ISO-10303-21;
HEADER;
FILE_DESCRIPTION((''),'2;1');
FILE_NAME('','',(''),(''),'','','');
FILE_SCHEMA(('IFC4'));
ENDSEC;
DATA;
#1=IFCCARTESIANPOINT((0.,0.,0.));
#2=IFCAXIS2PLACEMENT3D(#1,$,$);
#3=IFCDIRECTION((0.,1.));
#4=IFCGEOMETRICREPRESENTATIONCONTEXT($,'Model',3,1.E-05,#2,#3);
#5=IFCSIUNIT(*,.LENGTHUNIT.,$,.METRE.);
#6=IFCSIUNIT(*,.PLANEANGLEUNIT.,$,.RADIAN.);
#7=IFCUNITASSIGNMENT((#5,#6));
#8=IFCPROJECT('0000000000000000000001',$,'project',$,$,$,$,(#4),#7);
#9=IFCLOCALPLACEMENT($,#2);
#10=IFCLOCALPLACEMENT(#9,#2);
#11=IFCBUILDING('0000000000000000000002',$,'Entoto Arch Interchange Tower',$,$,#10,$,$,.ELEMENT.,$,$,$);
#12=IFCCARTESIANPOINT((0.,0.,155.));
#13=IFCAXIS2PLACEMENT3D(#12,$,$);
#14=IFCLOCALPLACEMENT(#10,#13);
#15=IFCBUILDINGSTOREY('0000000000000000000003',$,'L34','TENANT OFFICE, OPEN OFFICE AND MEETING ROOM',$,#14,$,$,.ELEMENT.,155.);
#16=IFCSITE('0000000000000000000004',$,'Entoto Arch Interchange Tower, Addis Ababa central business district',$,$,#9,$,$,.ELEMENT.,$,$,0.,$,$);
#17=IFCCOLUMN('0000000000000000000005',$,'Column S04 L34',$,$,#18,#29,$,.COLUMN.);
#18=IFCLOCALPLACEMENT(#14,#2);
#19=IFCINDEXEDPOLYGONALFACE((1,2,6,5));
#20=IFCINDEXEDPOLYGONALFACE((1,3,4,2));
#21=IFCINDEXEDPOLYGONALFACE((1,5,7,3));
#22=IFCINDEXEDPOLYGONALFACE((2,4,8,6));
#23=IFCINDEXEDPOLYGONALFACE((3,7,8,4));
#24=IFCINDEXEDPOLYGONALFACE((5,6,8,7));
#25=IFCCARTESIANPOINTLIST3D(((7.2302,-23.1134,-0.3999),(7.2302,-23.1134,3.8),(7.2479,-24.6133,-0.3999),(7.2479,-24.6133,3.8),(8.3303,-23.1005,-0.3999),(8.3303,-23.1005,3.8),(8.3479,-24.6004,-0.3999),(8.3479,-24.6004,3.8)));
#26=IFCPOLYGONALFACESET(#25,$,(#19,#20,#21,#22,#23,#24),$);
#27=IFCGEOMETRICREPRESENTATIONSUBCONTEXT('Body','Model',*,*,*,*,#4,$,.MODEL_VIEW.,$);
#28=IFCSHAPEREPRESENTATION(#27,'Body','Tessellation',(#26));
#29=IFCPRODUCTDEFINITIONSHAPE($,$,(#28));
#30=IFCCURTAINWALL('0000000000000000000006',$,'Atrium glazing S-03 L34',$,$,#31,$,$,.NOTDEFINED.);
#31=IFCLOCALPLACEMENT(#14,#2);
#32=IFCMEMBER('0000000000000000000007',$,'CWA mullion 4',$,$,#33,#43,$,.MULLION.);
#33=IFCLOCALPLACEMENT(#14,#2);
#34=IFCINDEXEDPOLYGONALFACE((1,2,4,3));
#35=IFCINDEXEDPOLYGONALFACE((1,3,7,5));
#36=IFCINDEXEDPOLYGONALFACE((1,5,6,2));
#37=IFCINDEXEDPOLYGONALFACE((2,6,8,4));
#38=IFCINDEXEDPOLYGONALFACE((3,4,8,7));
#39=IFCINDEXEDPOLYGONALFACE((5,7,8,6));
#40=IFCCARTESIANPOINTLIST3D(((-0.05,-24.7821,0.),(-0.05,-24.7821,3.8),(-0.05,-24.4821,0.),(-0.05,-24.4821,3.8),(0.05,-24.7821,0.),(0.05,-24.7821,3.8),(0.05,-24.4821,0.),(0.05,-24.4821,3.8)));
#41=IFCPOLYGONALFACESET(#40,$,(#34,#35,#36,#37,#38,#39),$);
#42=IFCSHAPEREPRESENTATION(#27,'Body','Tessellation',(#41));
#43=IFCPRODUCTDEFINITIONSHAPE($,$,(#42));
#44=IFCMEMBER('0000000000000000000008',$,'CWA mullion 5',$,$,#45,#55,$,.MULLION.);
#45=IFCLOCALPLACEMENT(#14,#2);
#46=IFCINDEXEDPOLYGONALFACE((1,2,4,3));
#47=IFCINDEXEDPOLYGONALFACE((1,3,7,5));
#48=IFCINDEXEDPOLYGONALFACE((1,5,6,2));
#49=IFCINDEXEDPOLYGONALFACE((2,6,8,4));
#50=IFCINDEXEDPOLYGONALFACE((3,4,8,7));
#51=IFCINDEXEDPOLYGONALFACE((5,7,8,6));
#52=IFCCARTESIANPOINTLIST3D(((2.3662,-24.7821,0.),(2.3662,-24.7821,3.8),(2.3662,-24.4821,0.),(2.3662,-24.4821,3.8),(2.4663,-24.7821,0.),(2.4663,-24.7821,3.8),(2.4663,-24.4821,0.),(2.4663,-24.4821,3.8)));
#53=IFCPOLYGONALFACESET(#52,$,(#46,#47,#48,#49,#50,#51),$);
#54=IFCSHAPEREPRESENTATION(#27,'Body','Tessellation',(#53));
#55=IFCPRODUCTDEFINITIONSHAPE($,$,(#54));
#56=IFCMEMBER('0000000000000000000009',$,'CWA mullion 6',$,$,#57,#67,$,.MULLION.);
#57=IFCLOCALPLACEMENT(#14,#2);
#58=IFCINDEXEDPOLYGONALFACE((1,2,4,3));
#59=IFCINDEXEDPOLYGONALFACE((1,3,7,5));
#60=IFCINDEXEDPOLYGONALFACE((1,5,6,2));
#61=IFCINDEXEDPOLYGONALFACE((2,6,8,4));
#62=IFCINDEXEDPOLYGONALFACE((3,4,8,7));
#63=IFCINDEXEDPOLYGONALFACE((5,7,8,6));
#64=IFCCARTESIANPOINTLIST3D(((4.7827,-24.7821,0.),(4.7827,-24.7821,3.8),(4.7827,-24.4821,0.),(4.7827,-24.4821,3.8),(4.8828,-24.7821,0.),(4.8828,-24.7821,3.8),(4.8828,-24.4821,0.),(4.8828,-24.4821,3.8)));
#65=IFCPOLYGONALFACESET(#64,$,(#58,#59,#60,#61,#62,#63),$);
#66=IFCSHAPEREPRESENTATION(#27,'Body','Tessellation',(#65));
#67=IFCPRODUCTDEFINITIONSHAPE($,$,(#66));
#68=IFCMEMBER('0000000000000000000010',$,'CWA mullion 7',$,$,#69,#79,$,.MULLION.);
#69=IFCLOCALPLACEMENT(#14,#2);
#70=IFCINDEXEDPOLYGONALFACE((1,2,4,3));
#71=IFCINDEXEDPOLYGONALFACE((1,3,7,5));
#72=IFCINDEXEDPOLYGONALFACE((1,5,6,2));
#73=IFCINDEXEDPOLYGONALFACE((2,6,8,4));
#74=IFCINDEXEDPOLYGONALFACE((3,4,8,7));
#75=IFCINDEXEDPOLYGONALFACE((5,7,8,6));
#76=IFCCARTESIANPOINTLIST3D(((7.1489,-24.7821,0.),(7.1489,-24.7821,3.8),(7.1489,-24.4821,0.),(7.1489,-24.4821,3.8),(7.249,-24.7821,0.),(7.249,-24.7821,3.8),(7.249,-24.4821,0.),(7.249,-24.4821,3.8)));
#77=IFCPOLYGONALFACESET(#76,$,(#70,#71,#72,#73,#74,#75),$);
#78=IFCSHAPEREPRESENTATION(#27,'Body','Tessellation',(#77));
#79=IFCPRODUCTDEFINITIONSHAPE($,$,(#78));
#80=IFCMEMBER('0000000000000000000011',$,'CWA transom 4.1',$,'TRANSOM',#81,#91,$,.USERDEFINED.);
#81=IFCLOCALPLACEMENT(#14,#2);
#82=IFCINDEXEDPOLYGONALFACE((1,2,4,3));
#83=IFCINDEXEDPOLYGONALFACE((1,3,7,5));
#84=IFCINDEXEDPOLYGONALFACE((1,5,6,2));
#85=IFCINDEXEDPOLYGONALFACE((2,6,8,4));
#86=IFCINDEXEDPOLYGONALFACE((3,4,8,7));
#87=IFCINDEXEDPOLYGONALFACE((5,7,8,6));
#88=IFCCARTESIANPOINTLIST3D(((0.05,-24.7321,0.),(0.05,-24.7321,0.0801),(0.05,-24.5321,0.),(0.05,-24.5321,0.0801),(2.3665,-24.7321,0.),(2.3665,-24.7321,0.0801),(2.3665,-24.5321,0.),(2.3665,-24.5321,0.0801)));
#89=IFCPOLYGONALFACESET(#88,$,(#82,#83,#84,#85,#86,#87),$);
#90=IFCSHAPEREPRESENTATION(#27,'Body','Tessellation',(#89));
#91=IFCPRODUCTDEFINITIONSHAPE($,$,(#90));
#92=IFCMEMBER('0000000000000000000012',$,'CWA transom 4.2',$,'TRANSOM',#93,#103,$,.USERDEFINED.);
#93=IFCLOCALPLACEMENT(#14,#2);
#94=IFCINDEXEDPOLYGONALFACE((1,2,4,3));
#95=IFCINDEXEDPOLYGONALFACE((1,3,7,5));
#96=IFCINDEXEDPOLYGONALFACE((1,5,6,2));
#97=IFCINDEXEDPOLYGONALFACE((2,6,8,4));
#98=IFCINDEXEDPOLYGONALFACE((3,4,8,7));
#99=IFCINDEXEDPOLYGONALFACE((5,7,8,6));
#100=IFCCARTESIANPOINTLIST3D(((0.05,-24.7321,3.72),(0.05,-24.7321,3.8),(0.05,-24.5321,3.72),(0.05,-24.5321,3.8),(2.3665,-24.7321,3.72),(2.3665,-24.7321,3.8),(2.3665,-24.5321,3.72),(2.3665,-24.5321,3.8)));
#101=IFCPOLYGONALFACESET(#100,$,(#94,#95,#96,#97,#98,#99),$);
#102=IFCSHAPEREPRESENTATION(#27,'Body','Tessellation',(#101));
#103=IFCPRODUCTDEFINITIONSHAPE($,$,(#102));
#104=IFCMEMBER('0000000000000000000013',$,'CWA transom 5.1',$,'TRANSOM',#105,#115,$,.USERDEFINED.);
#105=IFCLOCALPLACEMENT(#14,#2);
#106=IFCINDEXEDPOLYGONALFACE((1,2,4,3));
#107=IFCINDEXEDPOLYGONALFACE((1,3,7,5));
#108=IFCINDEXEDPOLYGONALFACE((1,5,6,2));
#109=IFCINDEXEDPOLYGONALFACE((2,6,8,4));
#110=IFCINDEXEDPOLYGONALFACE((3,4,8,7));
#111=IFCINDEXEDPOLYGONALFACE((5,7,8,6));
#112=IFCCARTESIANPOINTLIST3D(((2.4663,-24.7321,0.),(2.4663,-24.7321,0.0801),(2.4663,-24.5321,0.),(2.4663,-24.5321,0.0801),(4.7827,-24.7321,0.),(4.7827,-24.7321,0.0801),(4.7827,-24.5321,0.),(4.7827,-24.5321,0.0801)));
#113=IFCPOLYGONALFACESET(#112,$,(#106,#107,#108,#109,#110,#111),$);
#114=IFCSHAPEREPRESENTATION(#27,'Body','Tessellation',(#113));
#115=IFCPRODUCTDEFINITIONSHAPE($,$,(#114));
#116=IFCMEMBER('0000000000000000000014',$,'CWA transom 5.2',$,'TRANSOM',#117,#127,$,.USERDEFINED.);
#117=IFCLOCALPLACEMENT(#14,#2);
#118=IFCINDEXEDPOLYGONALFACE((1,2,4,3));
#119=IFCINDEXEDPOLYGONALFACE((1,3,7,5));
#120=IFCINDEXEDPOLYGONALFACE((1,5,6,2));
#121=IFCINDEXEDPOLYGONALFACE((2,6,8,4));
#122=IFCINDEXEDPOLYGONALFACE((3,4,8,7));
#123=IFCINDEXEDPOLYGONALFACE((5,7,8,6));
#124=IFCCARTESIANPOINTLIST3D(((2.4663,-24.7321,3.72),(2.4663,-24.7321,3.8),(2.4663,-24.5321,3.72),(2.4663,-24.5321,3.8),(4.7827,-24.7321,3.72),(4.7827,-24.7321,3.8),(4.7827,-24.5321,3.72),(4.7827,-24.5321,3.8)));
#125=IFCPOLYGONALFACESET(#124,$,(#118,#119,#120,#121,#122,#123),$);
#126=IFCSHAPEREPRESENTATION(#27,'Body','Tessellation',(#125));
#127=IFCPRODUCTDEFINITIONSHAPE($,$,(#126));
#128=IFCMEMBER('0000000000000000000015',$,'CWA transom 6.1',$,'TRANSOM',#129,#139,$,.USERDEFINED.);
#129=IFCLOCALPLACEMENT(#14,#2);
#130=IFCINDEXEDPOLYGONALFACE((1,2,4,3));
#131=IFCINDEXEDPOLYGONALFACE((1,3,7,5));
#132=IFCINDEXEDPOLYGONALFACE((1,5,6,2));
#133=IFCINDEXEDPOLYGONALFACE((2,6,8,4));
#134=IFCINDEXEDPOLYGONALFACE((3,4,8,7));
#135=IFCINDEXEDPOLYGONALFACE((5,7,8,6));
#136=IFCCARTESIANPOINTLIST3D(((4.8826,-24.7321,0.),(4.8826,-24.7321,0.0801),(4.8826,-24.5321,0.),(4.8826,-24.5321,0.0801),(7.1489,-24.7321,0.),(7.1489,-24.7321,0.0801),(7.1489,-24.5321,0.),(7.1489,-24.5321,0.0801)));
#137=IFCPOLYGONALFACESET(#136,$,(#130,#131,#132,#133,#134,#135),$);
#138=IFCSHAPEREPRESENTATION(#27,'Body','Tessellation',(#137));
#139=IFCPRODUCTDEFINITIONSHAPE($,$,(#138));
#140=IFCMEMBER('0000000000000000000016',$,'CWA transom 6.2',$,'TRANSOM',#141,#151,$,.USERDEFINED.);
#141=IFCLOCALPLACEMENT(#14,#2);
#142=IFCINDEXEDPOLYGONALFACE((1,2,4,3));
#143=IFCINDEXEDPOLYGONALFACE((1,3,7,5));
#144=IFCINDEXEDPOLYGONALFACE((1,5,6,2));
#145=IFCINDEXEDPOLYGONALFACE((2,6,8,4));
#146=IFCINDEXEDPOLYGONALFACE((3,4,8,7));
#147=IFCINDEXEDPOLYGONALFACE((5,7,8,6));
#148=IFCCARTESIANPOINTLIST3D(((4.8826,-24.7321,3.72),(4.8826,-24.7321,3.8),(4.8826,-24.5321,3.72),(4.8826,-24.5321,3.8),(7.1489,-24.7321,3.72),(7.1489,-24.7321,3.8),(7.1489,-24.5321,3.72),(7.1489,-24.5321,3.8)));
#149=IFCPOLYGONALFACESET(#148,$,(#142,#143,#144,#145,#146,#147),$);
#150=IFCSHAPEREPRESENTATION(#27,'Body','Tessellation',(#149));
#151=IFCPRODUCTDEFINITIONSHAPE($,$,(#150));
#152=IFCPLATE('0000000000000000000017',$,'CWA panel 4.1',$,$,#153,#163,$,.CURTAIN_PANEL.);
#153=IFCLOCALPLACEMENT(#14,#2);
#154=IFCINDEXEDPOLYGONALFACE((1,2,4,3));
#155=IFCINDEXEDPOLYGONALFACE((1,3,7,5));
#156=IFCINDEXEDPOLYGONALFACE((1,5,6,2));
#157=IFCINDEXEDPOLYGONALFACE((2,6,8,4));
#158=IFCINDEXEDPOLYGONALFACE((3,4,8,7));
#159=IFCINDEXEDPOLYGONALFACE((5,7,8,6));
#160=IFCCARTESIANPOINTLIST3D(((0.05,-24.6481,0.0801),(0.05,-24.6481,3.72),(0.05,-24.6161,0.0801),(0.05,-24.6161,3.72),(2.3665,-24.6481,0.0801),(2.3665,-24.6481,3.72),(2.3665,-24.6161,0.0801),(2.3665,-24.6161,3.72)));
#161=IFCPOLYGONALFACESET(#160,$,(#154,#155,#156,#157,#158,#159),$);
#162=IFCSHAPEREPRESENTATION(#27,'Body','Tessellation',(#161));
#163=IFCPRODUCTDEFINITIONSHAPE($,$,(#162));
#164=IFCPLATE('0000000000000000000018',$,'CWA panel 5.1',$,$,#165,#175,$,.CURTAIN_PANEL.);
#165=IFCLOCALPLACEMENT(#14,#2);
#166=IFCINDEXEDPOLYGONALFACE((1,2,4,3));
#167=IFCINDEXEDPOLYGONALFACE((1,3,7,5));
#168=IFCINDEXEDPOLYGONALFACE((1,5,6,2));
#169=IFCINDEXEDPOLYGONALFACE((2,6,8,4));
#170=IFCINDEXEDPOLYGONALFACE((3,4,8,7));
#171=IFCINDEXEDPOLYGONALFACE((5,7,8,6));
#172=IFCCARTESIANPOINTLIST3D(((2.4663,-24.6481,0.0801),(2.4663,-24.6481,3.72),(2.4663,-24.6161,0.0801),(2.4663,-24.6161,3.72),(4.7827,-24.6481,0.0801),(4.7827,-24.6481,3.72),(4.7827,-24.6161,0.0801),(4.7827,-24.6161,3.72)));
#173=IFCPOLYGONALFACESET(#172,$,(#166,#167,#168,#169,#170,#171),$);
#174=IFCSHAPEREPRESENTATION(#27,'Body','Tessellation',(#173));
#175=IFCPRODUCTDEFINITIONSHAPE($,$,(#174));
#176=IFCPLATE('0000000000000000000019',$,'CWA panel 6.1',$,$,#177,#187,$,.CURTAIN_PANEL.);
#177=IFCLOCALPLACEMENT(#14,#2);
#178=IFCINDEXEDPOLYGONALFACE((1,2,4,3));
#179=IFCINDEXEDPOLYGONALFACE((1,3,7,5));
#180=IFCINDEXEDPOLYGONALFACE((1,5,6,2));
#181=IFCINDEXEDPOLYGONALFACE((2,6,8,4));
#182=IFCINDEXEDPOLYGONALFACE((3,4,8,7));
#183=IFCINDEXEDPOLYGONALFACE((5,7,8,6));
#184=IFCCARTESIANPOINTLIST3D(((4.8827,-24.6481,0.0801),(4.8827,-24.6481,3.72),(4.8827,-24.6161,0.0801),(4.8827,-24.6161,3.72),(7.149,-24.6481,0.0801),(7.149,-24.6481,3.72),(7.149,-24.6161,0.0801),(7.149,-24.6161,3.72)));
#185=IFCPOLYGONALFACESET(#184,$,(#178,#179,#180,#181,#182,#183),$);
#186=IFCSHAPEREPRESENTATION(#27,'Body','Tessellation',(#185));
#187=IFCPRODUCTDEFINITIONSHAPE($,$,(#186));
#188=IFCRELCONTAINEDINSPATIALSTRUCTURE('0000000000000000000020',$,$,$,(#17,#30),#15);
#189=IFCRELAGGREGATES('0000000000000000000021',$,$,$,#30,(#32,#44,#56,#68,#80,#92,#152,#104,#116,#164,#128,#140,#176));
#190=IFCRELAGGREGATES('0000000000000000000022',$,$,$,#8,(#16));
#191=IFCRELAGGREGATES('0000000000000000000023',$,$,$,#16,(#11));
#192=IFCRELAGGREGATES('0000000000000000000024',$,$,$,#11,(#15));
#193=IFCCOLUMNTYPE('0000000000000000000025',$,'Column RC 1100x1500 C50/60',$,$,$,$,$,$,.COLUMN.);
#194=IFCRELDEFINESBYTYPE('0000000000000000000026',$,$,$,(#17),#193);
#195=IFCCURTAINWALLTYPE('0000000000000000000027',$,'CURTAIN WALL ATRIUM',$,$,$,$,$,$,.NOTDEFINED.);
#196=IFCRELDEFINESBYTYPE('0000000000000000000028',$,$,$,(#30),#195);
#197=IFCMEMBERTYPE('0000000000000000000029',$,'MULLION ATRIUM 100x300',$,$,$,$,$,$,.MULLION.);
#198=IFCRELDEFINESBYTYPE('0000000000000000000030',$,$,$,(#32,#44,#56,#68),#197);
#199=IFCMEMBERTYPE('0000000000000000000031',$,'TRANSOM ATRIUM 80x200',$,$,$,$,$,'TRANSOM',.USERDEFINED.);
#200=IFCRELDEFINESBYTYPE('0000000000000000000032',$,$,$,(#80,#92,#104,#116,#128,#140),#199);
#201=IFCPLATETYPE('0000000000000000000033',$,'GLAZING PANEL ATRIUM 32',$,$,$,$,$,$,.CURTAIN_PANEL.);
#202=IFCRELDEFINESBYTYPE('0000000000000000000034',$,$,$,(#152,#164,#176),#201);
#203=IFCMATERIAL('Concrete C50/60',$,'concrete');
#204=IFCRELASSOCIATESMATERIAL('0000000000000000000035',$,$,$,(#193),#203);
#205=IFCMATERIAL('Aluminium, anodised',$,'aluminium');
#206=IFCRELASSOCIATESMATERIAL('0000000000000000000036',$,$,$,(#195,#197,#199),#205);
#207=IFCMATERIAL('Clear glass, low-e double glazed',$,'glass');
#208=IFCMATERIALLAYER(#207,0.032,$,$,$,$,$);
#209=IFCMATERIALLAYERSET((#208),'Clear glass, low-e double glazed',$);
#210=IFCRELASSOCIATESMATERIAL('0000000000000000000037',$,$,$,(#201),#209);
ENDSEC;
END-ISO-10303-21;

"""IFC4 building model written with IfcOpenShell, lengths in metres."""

from ifc_helpers import new_model, si_unit, direction, frame, origin, origin_2d, place, context, subcontext, project, spatial, rectangle, extrude, material, layer, layer_set, material_profile, profile_set, type_object, element, aggregate, save


model = new_model("IFC4")

# Units and contexts
model_context = context("Model", 3, precision=1e-05, world=origin(), true_north=direction((0.0, 1.0)))
body_context = subcontext(model_context, "Body", "Model", "MODEL_VIEW")
ifc_project = project(units=[si_unit("LENGTHUNIT", "METRE"), si_unit("PLANEANGLEUNIT", "RADIAN")], contexts=[model_context])

# Site, building, storey
site_placement = place(None, origin())
site = spatial("IfcSite", under=ifc_project, at=site_placement, Name="Entoto Arch Interchange Tower, Addis Ababa central business district", CompositionType="ELEMENT", RefElevation=0.0)
building_placement = place(site_placement, origin())
building = spatial("IfcBuilding", under=site, at=building_placement, Name="Entoto Arch Interchange Tower", CompositionType="ELEMENT")
storey_placement = place(building_placement, frame((0.0, 0.0, 155.0)))
storey = spatial("IfcBuildingStorey", under=building, at=storey_placement, Name="L34", Description="TENANT OFFICE, OPEN OFFICE AND MEETING ROOM", CompositionType="ELEMENT", Elevation=155.0)

# Column
ifc_material_1 = material(Name="Concrete C50/60", Category="concrete")
ifc_material_profile_1 = material_profile(ifc_material_1, rectangle(XDim=1.1001, YDim=1.5, at=origin_2d()))
ifc_profile_set_1 = profile_set([ifc_material_profile_1], Name="Concrete C50/60")
column_type = type_object("IfcColumnType", Name="Column RC 1100x1500 C50/60", PredefinedType="COLUMN", material=ifc_profile_set_1)
column_placement = place(storey_placement, frame((7.7891, -23.8569, -0.3999), z_axis=(0.0, 0.0, 1.0), x_axis=(0.999931, 0.011746, 0.0)))
element("IfcColumn", 1, at=column_placement, inside=storey, type_object=column_type, Name="Column S04 L34", PredefinedType="COLUMN", context=body_context, shape_type="SweptSolid", body=[
    extrude(rectangle(XDim=1.1001, YDim=1.5, at=origin_2d()), origin(), (0.0, 0.0, 1.0), 4.2),
])

# Curtain wall, members, plates
ifc_material_2 = material(Name="Aluminium, anodised", Category="aluminium")
curtain_wall_type = type_object("IfcCurtainWallType", Name="CURTAIN WALL ATRIUM", PredefinedType="NOTDEFINED", material=ifc_material_2)
curtain_wall_placement = place(storey_placement, origin())
curtain_wall = element("IfcCurtainWall", 2, at=curtain_wall_placement, inside=storey, type_object=curtain_wall_type, Name="Atrium glazing S-03 L34", PredefinedType="NOTDEFINED")
ifc_material_profile_2 = material_profile(ifc_material_2, rectangle(XDim=0.3, YDim=0.1001, at=origin_2d()))
ifc_profile_set_2 = profile_set([ifc_material_profile_2], Name="Aluminium, anodised")
member_type_1 = type_object("IfcMemberType", Name="MULLION ATRIUM 100x300", PredefinedType="MULLION", material=ifc_profile_set_2)
member_1_placement = place(storey_placement, frame((0.0, -24.6321, 0.0), z_axis=(0.0, 0.0, 1.0), x_axis=(0.0, 1.0, 0.0)))
member_1 = element("IfcMember", 3, at=member_1_placement, type_object=member_type_1, Name="CWA mullion 4", PredefinedType="MULLION", context=body_context, shape_type="SweptSolid", body=[
    extrude(rectangle(XDim=0.3, YDim=0.1001, at=origin_2d()), origin(), (0.0, 0.0, 1.0), 3.8),
])
member_2_placement = place(storey_placement, frame((2.4163, -24.6321, 0.0), z_axis=(0.0, 0.0, 1.0), x_axis=(0.0, 1.0, 0.0)))
member_2 = element("IfcMember", 4, at=member_2_placement, type_object=member_type_1, Name="CWA mullion 5", PredefinedType="MULLION", context=body_context, shape_type="SweptSolid", body=[
    extrude(rectangle(XDim=0.3, YDim=0.1001, at=origin_2d()), origin(), (0.0, 0.0, 1.0), 3.8),
])
member_3_placement = place(storey_placement, frame((4.8328, -24.6321, 0.0), z_axis=(0.0, 0.0, 1.0), x_axis=(0.0, 1.0, 0.0)))
member_3 = element("IfcMember", 5, at=member_3_placement, type_object=member_type_1, Name="CWA mullion 6", PredefinedType="MULLION", context=body_context, shape_type="SweptSolid", body=[
    extrude(rectangle(XDim=0.3, YDim=0.1001, at=origin_2d()), origin(), (0.0, 0.0, 1.0), 3.8),
])
member_4_placement = place(storey_placement, frame((7.199, -24.6321, 0.0), z_axis=(0.0, 0.0, 1.0), x_axis=(0.0, 1.0, 0.0)))
member_4 = element("IfcMember", 6, at=member_4_placement, type_object=member_type_1, Name="CWA mullion 7", PredefinedType="MULLION", context=body_context, shape_type="SweptSolid", body=[
    extrude(rectangle(XDim=0.3, YDim=0.1001, at=origin_2d()), origin(), (0.0, 0.0, 1.0), 3.8),
])
ifc_material_profile_3 = material_profile(ifc_material_2, rectangle(XDim=0.2, YDim=0.0801, at=origin_2d()))
ifc_profile_set_3 = profile_set([ifc_material_profile_3], Name="Aluminium, anodised")
member_type_2 = type_object("IfcMemberType", Name="TRANSOM ATRIUM 80x200", ElementType="TRANSOM", PredefinedType="USERDEFINED", material=ifc_profile_set_3)
member_5_placement = place(storey_placement, frame((0.05, -24.6321, 0.04), z_axis=(1.0, 0.0, 0.0), x_axis=(0.0, 1.0, 0.0)))
member_5 = element("IfcMember", 7, at=member_5_placement, type_object=member_type_2, Name="CWA transom 4.1", ObjectType="TRANSOM", PredefinedType="USERDEFINED", context=body_context, shape_type="SweptSolid", body=[
    extrude(rectangle(XDim=0.2, YDim=0.0801, at=origin_2d()), origin(), (0.0, 0.0, 1.0), 2.3164),
])
member_6_placement = place(storey_placement, frame((0.05, -24.6321, 3.76), z_axis=(1.0, 0.0, 0.0), x_axis=(0.0, 1.0, 0.0)))
member_6 = element("IfcMember", 8, at=member_6_placement, type_object=member_type_2, Name="CWA transom 4.2", ObjectType="TRANSOM", PredefinedType="USERDEFINED", context=body_context, shape_type="SweptSolid", body=[
    extrude(rectangle(XDim=0.2, YDim=0.0801, at=origin_2d()), origin(), (0.0, 0.0, 1.0), 2.3164),
])
member_7_placement = place(storey_placement, frame((2.4663, -24.6321, 0.04), z_axis=(1.0, 0.0, 0.0), x_axis=(0.0, 1.0, 0.0)))
member_7 = element("IfcMember", 9, at=member_7_placement, type_object=member_type_2, Name="CWA transom 5.1", ObjectType="TRANSOM", PredefinedType="USERDEFINED", context=body_context, shape_type="SweptSolid", body=[
    extrude(rectangle(XDim=0.2, YDim=0.0801, at=origin_2d()), origin(), (0.0, 0.0, 1.0), 2.3164),
])
member_8_placement = place(storey_placement, frame((2.4663, -24.6321, 3.76), z_axis=(1.0, 0.0, 0.0), x_axis=(0.0, 1.0, 0.0)))
member_8 = element("IfcMember", 10, at=member_8_placement, type_object=member_type_2, Name="CWA transom 5.2", ObjectType="TRANSOM", PredefinedType="USERDEFINED", context=body_context, shape_type="SweptSolid", body=[
    extrude(rectangle(XDim=0.2, YDim=0.0801, at=origin_2d()), origin(), (0.0, 0.0, 1.0), 2.3164),
])
member_9_placement = place(storey_placement, frame((4.8826, -24.6321, 0.04), z_axis=(1.0, 0.0, 0.0), x_axis=(0.0, 1.0, 0.0)))
member_9 = element("IfcMember", 11, at=member_9_placement, type_object=member_type_2, Name="CWA transom 6.1", ObjectType="TRANSOM", PredefinedType="USERDEFINED", context=body_context, shape_type="SweptSolid", body=[
    extrude(rectangle(XDim=0.2, YDim=0.0801, at=origin_2d()), origin(), (0.0, 0.0, 1.0), 2.2664),
])
member_10_placement = place(storey_placement, frame((4.8826, -24.6321, 3.76), z_axis=(1.0, 0.0, 0.0), x_axis=(0.0, 1.0, 0.0)))
member_10 = element("IfcMember", 12, at=member_10_placement, type_object=member_type_2, Name="CWA transom 6.2", ObjectType="TRANSOM", PredefinedType="USERDEFINED", context=body_context, shape_type="SweptSolid", body=[
    extrude(rectangle(XDim=0.2, YDim=0.0801, at=origin_2d()), origin(), (0.0, 0.0, 1.0), 2.2664),
])
ifc_material_3 = material(Name="Clear glass, low-e double glazed", Category="glass")
ifc_layer_1 = layer(ifc_material_3, 0.032)
ifc_layer_set_1 = layer_set([ifc_layer_1], Name="Clear glass, low-e double glazed")
plate_type = type_object("IfcPlateType", Name="GLAZING PANEL ATRIUM 32", PredefinedType="CURTAIN_PANEL", material=ifc_layer_set_1)
plate_1_placement = place(storey_placement, frame((1.2083, -24.6321, 0.0801), z_axis=(0.0, 0.0, 1.0), x_axis=(1.0, 0.0, 0.0)))
plate_1 = element("IfcPlate", 13, at=plate_1_placement, type_object=plate_type, Name="CWA panel 4.1", PredefinedType="CURTAIN_PANEL", context=body_context, shape_type="SweptSolid", body=[
    extrude(rectangle(XDim=2.3164, YDim=0.032, at=origin_2d()), origin(), (0.0, 0.0, 1.0), 3.6399),
])
plate_2_placement = place(storey_placement, frame((3.6245, -24.6321, 0.0801), z_axis=(0.0, 0.0, 1.0), x_axis=(1.0, 0.0, 0.0)))
plate_2 = element("IfcPlate", 14, at=plate_2_placement, type_object=plate_type, Name="CWA panel 5.1", PredefinedType="CURTAIN_PANEL", context=body_context, shape_type="SweptSolid", body=[
    extrude(rectangle(XDim=2.3164, YDim=0.032, at=origin_2d()), origin(), (0.0, 0.0, 1.0), 3.6399),
])
plate_3_placement = place(storey_placement, frame((6.0159, -24.6321, 0.0801), z_axis=(0.0, 0.0, 1.0), x_axis=(1.0, 0.0, 0.0)))
plate_3 = element("IfcPlate", 15, at=plate_3_placement, type_object=plate_type, Name="CWA panel 6.1", PredefinedType="CURTAIN_PANEL", context=body_context, shape_type="SweptSolid", body=[
    extrude(rectangle(XDim=2.2664, YDim=0.032, at=origin_2d()), origin(), (0.0, 0.0, 1.0), 3.6399),
])
aggregate(curtain_wall, [member_1, member_2, member_3, member_4, member_5, member_6, plate_1, member_7, member_8, plate_2, member_9, member_10, plate_3])

save(model, "model.ifc")
